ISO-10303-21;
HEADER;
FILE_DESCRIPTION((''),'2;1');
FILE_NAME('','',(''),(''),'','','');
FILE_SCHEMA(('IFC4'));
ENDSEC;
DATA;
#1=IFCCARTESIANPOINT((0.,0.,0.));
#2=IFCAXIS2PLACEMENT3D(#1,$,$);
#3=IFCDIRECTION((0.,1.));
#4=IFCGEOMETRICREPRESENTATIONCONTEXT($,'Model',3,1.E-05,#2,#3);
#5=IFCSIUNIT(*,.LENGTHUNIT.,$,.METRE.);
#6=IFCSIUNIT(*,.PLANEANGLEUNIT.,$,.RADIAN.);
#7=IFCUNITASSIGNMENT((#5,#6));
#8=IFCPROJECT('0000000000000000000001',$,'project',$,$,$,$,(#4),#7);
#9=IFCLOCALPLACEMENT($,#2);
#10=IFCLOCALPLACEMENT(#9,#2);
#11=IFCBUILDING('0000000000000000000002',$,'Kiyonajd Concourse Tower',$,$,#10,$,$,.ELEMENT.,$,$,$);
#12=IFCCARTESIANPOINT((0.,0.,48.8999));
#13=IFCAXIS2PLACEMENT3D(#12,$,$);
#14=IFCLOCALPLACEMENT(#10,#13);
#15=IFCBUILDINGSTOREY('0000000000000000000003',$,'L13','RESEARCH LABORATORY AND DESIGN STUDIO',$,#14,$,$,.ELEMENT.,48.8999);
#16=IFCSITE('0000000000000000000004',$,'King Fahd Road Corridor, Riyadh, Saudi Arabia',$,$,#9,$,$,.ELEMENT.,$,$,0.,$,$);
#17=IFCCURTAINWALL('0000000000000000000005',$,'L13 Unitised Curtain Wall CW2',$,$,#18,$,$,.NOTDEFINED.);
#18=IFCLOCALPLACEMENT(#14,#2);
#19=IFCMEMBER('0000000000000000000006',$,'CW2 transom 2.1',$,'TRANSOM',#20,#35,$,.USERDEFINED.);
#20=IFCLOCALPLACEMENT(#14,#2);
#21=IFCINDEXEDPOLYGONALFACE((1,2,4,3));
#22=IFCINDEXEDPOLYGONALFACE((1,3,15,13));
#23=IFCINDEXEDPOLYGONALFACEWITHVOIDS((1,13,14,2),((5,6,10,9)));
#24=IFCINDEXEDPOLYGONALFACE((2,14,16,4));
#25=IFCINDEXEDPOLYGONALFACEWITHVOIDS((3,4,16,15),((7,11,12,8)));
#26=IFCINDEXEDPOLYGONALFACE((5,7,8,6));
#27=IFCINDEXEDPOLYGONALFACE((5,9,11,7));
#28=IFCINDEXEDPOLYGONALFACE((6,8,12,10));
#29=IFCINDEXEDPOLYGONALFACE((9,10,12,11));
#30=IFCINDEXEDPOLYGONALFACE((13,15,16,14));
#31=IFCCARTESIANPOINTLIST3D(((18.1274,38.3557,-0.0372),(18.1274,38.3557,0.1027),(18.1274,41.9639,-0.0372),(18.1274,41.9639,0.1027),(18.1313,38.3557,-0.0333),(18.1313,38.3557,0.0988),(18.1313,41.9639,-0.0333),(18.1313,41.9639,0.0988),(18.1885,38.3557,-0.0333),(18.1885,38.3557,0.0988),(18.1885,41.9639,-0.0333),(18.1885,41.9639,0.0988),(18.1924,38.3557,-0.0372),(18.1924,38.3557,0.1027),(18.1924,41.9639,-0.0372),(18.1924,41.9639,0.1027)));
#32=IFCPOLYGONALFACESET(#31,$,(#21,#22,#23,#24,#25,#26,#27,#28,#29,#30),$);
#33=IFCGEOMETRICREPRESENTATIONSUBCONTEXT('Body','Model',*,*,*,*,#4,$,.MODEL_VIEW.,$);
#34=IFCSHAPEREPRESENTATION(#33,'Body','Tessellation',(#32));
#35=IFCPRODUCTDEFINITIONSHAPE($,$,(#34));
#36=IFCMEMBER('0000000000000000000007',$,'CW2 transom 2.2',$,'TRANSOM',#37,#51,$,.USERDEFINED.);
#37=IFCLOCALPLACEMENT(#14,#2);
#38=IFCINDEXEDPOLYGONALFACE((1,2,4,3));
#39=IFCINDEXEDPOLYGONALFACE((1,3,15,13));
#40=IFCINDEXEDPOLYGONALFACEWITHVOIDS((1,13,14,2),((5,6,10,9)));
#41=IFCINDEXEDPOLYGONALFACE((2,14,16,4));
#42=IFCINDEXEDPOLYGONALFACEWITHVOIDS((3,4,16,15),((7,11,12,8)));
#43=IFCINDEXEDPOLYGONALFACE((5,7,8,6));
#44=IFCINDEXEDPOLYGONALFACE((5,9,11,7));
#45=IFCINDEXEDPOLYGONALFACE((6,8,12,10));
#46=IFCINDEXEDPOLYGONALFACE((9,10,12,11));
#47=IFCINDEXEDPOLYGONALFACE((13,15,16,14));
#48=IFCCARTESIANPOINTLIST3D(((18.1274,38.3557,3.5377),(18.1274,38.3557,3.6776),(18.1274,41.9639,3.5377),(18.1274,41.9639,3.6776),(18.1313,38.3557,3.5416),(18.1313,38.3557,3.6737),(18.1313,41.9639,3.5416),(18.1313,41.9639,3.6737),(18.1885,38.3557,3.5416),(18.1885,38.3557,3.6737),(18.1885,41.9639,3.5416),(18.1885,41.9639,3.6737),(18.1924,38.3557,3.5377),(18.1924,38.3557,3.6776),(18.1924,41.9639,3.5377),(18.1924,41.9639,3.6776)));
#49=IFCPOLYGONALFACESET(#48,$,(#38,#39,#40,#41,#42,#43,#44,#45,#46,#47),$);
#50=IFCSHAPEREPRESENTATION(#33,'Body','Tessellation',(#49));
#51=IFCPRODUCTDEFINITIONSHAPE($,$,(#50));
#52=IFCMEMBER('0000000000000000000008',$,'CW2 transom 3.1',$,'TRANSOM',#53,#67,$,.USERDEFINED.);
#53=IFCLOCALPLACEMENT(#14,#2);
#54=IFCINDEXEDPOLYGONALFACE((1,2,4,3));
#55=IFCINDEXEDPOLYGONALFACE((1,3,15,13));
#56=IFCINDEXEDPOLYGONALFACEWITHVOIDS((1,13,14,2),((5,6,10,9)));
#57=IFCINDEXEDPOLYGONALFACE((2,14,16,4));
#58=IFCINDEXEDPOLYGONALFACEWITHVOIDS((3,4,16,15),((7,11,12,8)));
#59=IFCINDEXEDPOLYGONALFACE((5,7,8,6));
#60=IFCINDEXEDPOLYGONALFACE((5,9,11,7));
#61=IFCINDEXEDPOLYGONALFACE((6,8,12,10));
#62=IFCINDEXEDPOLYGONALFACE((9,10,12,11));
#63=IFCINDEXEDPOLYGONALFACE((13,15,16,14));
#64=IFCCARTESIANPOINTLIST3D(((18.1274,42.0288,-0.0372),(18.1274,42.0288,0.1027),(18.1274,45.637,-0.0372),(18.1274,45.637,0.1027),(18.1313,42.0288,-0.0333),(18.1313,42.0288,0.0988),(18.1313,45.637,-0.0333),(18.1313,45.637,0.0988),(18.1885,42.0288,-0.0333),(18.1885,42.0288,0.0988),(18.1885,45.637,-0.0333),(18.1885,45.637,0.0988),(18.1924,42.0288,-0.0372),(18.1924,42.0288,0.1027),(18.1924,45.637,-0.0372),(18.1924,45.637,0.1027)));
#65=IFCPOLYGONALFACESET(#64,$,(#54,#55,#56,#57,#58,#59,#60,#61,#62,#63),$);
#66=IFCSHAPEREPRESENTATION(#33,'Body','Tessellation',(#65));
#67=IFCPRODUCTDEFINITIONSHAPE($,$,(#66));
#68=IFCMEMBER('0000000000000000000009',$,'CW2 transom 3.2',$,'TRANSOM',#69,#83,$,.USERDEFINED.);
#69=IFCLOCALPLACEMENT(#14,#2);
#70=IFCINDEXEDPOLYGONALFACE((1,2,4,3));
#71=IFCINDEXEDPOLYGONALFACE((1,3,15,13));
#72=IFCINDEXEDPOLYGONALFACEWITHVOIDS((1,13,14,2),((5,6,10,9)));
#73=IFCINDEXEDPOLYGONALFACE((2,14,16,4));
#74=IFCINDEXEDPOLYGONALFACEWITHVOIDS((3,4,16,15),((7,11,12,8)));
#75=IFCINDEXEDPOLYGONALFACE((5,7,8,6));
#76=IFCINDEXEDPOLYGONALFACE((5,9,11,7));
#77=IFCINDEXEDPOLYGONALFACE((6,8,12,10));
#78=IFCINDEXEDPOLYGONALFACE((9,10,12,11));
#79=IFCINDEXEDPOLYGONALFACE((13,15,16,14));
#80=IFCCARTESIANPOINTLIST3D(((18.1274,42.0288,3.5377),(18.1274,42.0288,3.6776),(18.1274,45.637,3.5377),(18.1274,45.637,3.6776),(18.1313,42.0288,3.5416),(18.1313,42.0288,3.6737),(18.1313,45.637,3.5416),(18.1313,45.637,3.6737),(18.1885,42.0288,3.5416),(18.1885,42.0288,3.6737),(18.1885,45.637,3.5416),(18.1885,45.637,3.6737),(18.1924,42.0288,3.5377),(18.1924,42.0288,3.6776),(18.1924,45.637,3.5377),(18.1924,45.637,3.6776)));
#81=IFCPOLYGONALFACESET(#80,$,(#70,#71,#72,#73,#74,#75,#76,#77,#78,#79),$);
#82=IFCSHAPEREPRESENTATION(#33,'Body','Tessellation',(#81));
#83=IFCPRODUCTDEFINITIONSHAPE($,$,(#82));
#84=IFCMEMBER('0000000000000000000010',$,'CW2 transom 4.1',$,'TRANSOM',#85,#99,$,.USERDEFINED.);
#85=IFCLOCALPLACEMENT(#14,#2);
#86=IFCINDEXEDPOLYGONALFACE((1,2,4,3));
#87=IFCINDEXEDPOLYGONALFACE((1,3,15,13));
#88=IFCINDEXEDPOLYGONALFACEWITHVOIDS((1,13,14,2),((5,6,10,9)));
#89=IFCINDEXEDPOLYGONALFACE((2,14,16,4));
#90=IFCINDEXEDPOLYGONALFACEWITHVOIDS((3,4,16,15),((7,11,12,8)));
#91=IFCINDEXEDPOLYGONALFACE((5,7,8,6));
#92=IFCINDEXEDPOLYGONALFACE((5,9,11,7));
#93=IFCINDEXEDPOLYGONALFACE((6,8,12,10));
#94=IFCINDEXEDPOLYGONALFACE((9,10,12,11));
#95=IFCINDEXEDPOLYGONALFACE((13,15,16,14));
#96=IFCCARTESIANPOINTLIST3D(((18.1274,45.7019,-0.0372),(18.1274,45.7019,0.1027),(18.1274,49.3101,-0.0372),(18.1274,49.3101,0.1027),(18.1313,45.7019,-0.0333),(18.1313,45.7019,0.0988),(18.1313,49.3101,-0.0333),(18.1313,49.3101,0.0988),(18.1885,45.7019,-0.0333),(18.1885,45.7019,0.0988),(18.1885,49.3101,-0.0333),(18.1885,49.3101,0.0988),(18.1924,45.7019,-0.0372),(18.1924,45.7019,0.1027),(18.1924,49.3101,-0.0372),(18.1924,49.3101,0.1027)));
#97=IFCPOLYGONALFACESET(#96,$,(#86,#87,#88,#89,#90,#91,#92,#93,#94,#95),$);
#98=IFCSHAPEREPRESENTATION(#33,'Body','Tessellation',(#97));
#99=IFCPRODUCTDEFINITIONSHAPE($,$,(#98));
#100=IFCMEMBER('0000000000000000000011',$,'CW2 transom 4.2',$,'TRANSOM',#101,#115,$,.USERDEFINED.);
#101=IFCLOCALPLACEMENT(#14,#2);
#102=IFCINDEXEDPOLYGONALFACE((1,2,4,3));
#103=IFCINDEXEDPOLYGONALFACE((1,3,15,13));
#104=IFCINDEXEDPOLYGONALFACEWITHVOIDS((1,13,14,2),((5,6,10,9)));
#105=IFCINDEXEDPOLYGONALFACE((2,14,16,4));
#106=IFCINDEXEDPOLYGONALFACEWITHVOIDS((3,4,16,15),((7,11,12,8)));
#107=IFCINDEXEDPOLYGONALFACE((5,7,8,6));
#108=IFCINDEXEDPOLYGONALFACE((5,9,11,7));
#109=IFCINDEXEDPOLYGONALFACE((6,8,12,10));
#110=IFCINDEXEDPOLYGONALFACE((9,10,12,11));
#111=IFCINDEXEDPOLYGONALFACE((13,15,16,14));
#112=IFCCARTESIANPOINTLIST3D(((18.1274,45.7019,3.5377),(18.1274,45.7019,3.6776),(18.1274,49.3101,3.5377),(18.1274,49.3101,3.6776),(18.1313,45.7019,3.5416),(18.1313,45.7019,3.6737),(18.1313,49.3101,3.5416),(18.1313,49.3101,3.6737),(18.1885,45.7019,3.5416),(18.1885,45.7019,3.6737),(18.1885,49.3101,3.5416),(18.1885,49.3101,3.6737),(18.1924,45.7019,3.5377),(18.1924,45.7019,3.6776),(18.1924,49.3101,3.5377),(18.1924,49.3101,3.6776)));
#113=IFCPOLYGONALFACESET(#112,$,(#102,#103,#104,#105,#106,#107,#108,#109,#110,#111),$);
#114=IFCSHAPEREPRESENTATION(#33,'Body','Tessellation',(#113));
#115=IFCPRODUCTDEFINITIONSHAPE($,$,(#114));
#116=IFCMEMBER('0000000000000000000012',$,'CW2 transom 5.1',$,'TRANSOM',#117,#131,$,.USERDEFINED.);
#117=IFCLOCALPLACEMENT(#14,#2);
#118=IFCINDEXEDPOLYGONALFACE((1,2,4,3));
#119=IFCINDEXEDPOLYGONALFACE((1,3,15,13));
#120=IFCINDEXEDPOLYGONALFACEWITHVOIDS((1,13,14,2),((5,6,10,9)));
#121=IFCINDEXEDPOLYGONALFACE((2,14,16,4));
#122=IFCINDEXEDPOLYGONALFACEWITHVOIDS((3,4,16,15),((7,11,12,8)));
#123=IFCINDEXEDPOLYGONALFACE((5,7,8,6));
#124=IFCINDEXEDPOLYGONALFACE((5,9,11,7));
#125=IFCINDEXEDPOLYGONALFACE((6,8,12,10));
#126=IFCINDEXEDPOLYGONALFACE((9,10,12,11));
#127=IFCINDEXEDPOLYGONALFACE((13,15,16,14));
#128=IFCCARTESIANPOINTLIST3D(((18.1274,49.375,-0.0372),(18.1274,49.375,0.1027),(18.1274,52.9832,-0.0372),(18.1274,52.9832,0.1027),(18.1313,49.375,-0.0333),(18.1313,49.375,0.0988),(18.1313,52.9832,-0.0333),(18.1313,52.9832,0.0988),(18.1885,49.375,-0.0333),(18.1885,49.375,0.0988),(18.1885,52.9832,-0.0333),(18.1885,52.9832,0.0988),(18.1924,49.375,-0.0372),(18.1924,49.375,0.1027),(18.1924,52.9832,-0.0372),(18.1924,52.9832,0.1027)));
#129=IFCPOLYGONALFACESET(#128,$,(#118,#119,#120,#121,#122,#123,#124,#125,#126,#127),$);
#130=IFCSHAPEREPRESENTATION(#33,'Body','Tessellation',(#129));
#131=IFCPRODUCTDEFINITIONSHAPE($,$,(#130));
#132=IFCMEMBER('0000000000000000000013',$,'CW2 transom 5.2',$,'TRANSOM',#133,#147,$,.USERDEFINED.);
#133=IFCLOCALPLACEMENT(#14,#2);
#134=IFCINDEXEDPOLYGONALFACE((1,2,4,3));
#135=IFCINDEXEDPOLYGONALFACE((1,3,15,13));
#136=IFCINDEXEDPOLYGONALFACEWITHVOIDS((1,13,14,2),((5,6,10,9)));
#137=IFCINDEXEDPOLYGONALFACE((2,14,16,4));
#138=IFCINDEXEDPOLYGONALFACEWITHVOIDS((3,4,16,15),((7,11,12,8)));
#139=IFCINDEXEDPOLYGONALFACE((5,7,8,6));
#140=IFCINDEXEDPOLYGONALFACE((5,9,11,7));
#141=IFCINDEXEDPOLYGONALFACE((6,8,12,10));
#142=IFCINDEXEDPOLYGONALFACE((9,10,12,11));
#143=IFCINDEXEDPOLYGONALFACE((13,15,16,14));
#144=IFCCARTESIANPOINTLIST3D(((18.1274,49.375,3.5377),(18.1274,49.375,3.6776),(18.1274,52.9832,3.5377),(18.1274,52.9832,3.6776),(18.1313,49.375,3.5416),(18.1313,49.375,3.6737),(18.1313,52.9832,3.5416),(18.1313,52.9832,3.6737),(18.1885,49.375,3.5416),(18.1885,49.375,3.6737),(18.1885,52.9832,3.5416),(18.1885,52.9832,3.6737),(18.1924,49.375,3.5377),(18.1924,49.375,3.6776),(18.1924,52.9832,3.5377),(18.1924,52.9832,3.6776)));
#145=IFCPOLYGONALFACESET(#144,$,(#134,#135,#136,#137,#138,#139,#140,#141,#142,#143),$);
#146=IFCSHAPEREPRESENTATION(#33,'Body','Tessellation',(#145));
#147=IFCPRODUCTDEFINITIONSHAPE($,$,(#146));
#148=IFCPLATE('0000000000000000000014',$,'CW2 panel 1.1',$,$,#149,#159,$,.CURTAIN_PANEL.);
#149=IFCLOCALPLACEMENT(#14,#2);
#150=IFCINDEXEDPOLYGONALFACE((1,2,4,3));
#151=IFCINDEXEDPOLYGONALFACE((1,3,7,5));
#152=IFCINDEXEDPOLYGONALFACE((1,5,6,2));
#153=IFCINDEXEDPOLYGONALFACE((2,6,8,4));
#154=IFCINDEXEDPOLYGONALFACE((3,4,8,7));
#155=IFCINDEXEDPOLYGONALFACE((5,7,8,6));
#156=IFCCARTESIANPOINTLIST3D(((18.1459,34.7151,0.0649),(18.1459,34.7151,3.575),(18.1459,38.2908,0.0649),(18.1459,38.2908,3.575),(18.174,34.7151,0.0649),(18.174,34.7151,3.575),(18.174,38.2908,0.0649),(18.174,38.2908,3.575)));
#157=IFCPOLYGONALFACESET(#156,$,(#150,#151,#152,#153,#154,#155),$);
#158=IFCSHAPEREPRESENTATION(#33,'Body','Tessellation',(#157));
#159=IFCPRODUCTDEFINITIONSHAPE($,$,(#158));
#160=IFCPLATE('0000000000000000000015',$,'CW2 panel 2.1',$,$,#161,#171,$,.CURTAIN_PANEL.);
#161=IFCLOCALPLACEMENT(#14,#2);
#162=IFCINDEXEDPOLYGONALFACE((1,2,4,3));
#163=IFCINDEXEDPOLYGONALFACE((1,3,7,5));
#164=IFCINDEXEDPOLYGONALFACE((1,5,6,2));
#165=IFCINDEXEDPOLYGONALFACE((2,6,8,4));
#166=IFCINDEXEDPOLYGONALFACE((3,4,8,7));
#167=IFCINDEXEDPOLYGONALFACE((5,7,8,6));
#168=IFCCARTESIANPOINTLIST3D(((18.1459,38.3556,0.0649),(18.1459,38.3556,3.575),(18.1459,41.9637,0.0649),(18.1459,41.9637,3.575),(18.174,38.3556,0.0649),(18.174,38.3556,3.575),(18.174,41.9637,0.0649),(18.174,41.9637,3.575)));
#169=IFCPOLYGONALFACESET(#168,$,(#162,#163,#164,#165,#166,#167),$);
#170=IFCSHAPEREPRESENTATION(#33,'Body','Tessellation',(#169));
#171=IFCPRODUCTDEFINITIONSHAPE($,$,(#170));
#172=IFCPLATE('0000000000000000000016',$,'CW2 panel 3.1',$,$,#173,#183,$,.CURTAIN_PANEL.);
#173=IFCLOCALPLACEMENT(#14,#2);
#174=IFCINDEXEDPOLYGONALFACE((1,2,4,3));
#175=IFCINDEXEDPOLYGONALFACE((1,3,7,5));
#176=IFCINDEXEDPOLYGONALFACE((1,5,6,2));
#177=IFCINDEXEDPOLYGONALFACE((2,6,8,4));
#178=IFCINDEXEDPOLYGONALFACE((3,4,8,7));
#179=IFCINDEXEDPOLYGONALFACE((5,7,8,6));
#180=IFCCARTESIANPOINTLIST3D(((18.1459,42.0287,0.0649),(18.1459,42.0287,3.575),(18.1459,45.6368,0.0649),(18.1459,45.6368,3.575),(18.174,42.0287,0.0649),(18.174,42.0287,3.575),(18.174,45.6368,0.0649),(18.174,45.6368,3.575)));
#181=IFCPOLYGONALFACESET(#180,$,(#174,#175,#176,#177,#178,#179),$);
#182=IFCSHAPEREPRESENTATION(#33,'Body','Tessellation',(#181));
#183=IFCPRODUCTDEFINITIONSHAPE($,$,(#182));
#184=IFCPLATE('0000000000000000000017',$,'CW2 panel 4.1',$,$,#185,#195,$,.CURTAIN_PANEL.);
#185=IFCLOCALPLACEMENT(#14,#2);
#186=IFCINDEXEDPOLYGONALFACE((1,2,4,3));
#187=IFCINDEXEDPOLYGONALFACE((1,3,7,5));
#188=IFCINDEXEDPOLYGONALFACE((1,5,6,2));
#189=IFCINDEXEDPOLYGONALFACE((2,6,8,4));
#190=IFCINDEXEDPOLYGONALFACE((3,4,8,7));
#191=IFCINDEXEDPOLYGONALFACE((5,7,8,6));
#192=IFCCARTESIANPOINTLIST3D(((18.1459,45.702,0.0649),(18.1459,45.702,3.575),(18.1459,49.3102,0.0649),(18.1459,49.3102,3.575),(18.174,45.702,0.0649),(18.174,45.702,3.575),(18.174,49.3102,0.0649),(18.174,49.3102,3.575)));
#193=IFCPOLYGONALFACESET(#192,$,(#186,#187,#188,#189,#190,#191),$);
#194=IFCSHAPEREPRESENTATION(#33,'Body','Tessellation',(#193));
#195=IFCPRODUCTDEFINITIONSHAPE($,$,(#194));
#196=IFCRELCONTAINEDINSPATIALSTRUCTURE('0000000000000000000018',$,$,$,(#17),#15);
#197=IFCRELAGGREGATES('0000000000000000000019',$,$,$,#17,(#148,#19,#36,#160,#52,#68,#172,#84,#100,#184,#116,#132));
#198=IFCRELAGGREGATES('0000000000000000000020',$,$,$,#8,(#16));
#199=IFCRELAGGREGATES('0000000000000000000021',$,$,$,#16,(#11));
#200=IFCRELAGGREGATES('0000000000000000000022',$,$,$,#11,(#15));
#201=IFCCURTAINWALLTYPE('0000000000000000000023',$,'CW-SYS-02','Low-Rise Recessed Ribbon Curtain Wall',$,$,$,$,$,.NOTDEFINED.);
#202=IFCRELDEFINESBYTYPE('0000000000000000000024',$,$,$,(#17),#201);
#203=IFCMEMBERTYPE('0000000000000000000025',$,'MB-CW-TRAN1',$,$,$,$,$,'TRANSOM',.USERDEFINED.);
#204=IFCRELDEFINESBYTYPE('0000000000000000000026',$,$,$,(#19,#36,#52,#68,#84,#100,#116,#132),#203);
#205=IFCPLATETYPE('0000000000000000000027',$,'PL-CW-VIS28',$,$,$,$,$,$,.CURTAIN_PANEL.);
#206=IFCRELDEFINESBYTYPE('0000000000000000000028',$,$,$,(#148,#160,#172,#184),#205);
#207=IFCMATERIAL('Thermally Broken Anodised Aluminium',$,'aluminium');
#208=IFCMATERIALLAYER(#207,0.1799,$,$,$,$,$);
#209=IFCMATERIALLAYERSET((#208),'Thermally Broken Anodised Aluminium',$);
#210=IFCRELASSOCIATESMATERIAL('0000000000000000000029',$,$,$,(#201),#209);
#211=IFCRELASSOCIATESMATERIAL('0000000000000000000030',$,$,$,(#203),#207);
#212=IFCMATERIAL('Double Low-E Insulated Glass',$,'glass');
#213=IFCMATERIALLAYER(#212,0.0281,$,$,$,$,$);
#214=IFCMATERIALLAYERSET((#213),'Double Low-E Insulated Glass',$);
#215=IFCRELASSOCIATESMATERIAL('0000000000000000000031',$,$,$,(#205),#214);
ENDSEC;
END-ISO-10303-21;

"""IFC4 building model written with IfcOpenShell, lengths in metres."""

from ifc_helpers import new_model, si_unit, direction, frame, origin, origin_2d, place, context, subcontext, project, spatial, rectangle, hollow_rectangle, extrude, material, layer, layer_set, material_profile, profile_set, type_object, element, aggregate, save


model = new_model("IFC4")

# Units and contexts
model_context = context("Model", 3, precision=1e-05, world=origin(), true_north=direction((0.0, 1.0)))
body_context = subcontext(model_context, "Body", "Model", "MODEL_VIEW")
ifc_project = project(units=[si_unit("LENGTHUNIT", "METRE"), si_unit("PLANEANGLEUNIT", "RADIAN")], contexts=[model_context])

# Site, building, storey
site_placement = place(None, origin())
site = spatial("IfcSite", under=ifc_project, at=site_placement, Name="King Fahd Road Corridor, Riyadh, Saudi Arabia", CompositionType="ELEMENT", RefElevation=0.0)
building_placement = place(site_placement, origin())
building = spatial("IfcBuilding", under=site, at=building_placement, Name="Kiyonajd Concourse Tower", CompositionType="ELEMENT")
storey_placement = place(building_placement, frame((0.0, 0.0, 48.8999)))
storey = spatial("IfcBuildingStorey", under=building, at=storey_placement, Name="L13", Description="RESEARCH LABORATORY AND DESIGN STUDIO", CompositionType="ELEMENT", Elevation=48.8999)

# Curtain wall, members, plates
ifc_material_1 = material(Name="Thermally Broken Anodised Aluminium", Category="aluminium")
ifc_layer_1 = layer(ifc_material_1, 0.1799)
ifc_layer_set_1 = layer_set([ifc_layer_1], Name="Thermally Broken Anodised Aluminium")
curtain_wall_type = type_object("IfcCurtainWallType", Name="CW-SYS-02", Description="Low-Rise Recessed Ribbon Curtain Wall", PredefinedType="NOTDEFINED", material=ifc_layer_set_1)
curtain_wall_placement = place(storey_placement, origin())
curtain_wall = element("IfcCurtainWall", 1, at=curtain_wall_placement, inside=storey, type_object=curtain_wall_type, Name="L13 Unitised Curtain Wall CW2", PredefinedType="NOTDEFINED")
ifc_material_profile_1 = material_profile(ifc_material_1, hollow_rectangle(XDim=0.0649, YDim=0.1399, WallThickness=0.0039, at=origin_2d()), Name="TRAN-65x140")
ifc_profile_set_1 = profile_set([ifc_material_profile_1], Name="Thermally Broken Anodised Aluminium")
member_type_1 = type_object("IfcMemberType", Name="MB-CW-TRAN1", ElementType="TRANSOM", PredefinedType="USERDEFINED", material=ifc_profile_set_1)
member_1_placement = place(storey_placement, frame((18.1599, 38.3557, 0.0327), z_axis=(0.0, 1.0, 0.0), x_axis=(-1.0, 0.0, 0.0)))
member_1 = element("IfcMember", 2, at=member_1_placement, type_object=member_type_1, Name="CW2 transom 2.1", ObjectType="TRANSOM", PredefinedType="USERDEFINED", context=body_context, shape_type="SweptSolid", body=[
    extrude(hollow_rectangle(XDim=0.0649, YDim=0.1399, WallThickness=0.0039, at=origin_2d()), origin(), (0.0, 0.0, 1.0), 3.6082),
])
member_2_placement = place(storey_placement, frame((18.1599, 38.3557, 3.6077), z_axis=(0.0, 1.0, 0.0), x_axis=(-1.0, 0.0, 0.0)))
member_2 = element("IfcMember", 3, at=member_2_placement, type_object=member_type_1, Name="CW2 transom 2.2", ObjectType="TRANSOM", PredefinedType="USERDEFINED", context=body_context, shape_type="SweptSolid", body=[
    extrude(hollow_rectangle(XDim=0.0649, YDim=0.1399, WallThickness=0.0039, at=origin_2d()), origin(), (0.0, 0.0, 1.0), 3.6082),
])
member_3_placement = place(storey_placement, frame((18.1599, 42.0288, 0.0327), z_axis=(0.0, 1.0, 0.0), x_axis=(-1.0, 0.0, 0.0)))
member_3 = element("IfcMember", 4, at=member_3_placement, type_object=member_type_1, Name="CW2 transom 3.1", ObjectType="TRANSOM", PredefinedType="USERDEFINED", context=body_context, shape_type="SweptSolid", body=[
    extrude(hollow_rectangle(XDim=0.0649, YDim=0.1399, WallThickness=0.0039, at=origin_2d()), origin(), (0.0, 0.0, 1.0), 3.6082),
])
member_4_placement = place(storey_placement, frame((18.1599, 42.0288, 3.6077), z_axis=(0.0, 1.0, 0.0), x_axis=(-1.0, 0.0, 0.0)))
member_4 = element("IfcMember", 5, at=member_4_placement, type_object=member_type_1, Name="CW2 transom 3.2", ObjectType="TRANSOM", PredefinedType="USERDEFINED", context=body_context, shape_type="SweptSolid", body=[
    extrude(hollow_rectangle(XDim=0.0649, YDim=0.1399, WallThickness=0.0039, at=origin_2d()), origin(), (0.0, 0.0, 1.0), 3.6082),
])
member_5_placement = place(storey_placement, frame((18.1599, 45.7019, 0.0327), z_axis=(0.0, 1.0, 0.0), x_axis=(-1.0, 0.0, 0.0)))
member_5 = element("IfcMember", 6, at=member_5_placement, type_object=member_type_1, Name="CW2 transom 4.1", ObjectType="TRANSOM", PredefinedType="USERDEFINED", context=body_context, shape_type="SweptSolid", body=[
    extrude(hollow_rectangle(XDim=0.0649, YDim=0.1399, WallThickness=0.0039, at=origin_2d()), origin(), (0.0, 0.0, 1.0), 3.6082),
])
member_6_placement = place(storey_placement, frame((18.1599, 45.7019, 3.6077), z_axis=(0.0, 1.0, 0.0), x_axis=(-1.0, 0.0, 0.0)))
member_6 = element("IfcMember", 7, at=member_6_placement, type_object=member_type_1, Name="CW2 transom 4.2", ObjectType="TRANSOM", PredefinedType="USERDEFINED", context=body_context, shape_type="SweptSolid", body=[
    extrude(hollow_rectangle(XDim=0.0649, YDim=0.1399, WallThickness=0.0039, at=origin_2d()), origin(), (0.0, 0.0, 1.0), 3.6082),
])
member_7_placement = place(storey_placement, frame((18.1599, 49.375, 0.0327), z_axis=(0.0, 1.0, 0.0), x_axis=(-1.0, 0.0, 0.0)))
member_7 = element("IfcMember", 8, at=member_7_placement, type_object=member_type_1, Name="CW2 transom 5.1", ObjectType="TRANSOM", PredefinedType="USERDEFINED", context=body_context, shape_type="SweptSolid", body=[
    extrude(hollow_rectangle(XDim=0.0649, YDim=0.1399, WallThickness=0.0039, at=origin_2d()), origin(), (0.0, 0.0, 1.0), 3.6082),
])
member_8_placement = place(storey_placement, frame((18.1599, 49.375, 3.6077), z_axis=(0.0, 1.0, 0.0), x_axis=(-1.0, 0.0, 0.0)))
member_8 = element("IfcMember", 9, at=member_8_placement, type_object=member_type_1, Name="CW2 transom 5.2", ObjectType="TRANSOM", PredefinedType="USERDEFINED", context=body_context, shape_type="SweptSolid", body=[
    extrude(hollow_rectangle(XDim=0.0649, YDim=0.1399, WallThickness=0.0039, at=origin_2d()), origin(), (0.0, 0.0, 1.0), 3.6082),
])
ifc_material_2 = material(Name="Double Low-E Insulated Glass", Category="glass")
ifc_layer_2 = layer(ifc_material_2, 0.0281)
ifc_layer_set_2 = layer_set([ifc_layer_2], Name="Double Low-E Insulated Glass")
plate_type = type_object("IfcPlateType", Name="PL-CW-VIS28", PredefinedType="CURTAIN_PANEL", material=ifc_layer_set_2)
plate_1_placement = place(storey_placement, frame((18.1599, 36.5029, 0.0649), z_axis=(0.0, 0.0, 1.0), x_axis=(0.0, 1.0, 0.0)))
plate_1 = element("IfcPlate", 10, at=plate_1_placement, type_object=plate_type, Name="CW2 panel 1.1", PredefinedType="CURTAIN_PANEL", context=body_context, shape_type="SweptSolid", body=[
    extrude(rectangle(XDim=3.5757, YDim=0.0281, at=origin_2d()), origin(), (0.0, 0.0, 1.0), 3.51),
])
plate_2_placement = place(storey_placement, frame((18.1599, 40.1597, 0.0649), z_axis=(0.0, 0.0, 1.0), x_axis=(0.0, 1.0, 0.0)))
plate_2 = element("IfcPlate", 11, at=plate_2_placement, type_object=plate_type, Name="CW2 panel 2.1", PredefinedType="CURTAIN_PANEL", context=body_context, shape_type="SweptSolid", body=[
    extrude(rectangle(XDim=3.6082, YDim=0.0281, at=origin_2d()), origin(), (0.0, 0.0, 1.0), 3.51),
])
plate_3_placement = place(storey_placement, frame((18.1599, 43.8328, 0.0649), z_axis=(0.0, 0.0, 1.0), x_axis=(0.0, 1.0, 0.0)))
plate_3 = element("IfcPlate", 12, at=plate_3_placement, type_object=plate_type, Name="CW2 panel 3.1", PredefinedType="CURTAIN_PANEL", context=body_context, shape_type="SweptSolid", body=[
    extrude(rectangle(XDim=3.6082, YDim=0.0281, at=origin_2d()), origin(), (0.0, 0.0, 1.0), 3.51),
])
plate_4_placement = place(storey_placement, frame((18.1599, 47.5061, 0.0649), z_axis=(0.0, 0.0, 1.0), x_axis=(0.0, 1.0, 0.0)))
plate_4 = element("IfcPlate", 13, at=plate_4_placement, type_object=plate_type, Name="CW2 panel 4.1", PredefinedType="CURTAIN_PANEL", context=body_context, shape_type="SweptSolid", body=[
    extrude(rectangle(XDim=3.6082, YDim=0.0281, at=origin_2d()), origin(), (0.0, 0.0, 1.0), 3.51),
])
aggregate(curtain_wall, [plate_1, member_1, member_2, plate_2, member_3, member_4, plate_3, member_5, member_6, plate_4, member_7, member_8])

save(model, "model.ifc")
